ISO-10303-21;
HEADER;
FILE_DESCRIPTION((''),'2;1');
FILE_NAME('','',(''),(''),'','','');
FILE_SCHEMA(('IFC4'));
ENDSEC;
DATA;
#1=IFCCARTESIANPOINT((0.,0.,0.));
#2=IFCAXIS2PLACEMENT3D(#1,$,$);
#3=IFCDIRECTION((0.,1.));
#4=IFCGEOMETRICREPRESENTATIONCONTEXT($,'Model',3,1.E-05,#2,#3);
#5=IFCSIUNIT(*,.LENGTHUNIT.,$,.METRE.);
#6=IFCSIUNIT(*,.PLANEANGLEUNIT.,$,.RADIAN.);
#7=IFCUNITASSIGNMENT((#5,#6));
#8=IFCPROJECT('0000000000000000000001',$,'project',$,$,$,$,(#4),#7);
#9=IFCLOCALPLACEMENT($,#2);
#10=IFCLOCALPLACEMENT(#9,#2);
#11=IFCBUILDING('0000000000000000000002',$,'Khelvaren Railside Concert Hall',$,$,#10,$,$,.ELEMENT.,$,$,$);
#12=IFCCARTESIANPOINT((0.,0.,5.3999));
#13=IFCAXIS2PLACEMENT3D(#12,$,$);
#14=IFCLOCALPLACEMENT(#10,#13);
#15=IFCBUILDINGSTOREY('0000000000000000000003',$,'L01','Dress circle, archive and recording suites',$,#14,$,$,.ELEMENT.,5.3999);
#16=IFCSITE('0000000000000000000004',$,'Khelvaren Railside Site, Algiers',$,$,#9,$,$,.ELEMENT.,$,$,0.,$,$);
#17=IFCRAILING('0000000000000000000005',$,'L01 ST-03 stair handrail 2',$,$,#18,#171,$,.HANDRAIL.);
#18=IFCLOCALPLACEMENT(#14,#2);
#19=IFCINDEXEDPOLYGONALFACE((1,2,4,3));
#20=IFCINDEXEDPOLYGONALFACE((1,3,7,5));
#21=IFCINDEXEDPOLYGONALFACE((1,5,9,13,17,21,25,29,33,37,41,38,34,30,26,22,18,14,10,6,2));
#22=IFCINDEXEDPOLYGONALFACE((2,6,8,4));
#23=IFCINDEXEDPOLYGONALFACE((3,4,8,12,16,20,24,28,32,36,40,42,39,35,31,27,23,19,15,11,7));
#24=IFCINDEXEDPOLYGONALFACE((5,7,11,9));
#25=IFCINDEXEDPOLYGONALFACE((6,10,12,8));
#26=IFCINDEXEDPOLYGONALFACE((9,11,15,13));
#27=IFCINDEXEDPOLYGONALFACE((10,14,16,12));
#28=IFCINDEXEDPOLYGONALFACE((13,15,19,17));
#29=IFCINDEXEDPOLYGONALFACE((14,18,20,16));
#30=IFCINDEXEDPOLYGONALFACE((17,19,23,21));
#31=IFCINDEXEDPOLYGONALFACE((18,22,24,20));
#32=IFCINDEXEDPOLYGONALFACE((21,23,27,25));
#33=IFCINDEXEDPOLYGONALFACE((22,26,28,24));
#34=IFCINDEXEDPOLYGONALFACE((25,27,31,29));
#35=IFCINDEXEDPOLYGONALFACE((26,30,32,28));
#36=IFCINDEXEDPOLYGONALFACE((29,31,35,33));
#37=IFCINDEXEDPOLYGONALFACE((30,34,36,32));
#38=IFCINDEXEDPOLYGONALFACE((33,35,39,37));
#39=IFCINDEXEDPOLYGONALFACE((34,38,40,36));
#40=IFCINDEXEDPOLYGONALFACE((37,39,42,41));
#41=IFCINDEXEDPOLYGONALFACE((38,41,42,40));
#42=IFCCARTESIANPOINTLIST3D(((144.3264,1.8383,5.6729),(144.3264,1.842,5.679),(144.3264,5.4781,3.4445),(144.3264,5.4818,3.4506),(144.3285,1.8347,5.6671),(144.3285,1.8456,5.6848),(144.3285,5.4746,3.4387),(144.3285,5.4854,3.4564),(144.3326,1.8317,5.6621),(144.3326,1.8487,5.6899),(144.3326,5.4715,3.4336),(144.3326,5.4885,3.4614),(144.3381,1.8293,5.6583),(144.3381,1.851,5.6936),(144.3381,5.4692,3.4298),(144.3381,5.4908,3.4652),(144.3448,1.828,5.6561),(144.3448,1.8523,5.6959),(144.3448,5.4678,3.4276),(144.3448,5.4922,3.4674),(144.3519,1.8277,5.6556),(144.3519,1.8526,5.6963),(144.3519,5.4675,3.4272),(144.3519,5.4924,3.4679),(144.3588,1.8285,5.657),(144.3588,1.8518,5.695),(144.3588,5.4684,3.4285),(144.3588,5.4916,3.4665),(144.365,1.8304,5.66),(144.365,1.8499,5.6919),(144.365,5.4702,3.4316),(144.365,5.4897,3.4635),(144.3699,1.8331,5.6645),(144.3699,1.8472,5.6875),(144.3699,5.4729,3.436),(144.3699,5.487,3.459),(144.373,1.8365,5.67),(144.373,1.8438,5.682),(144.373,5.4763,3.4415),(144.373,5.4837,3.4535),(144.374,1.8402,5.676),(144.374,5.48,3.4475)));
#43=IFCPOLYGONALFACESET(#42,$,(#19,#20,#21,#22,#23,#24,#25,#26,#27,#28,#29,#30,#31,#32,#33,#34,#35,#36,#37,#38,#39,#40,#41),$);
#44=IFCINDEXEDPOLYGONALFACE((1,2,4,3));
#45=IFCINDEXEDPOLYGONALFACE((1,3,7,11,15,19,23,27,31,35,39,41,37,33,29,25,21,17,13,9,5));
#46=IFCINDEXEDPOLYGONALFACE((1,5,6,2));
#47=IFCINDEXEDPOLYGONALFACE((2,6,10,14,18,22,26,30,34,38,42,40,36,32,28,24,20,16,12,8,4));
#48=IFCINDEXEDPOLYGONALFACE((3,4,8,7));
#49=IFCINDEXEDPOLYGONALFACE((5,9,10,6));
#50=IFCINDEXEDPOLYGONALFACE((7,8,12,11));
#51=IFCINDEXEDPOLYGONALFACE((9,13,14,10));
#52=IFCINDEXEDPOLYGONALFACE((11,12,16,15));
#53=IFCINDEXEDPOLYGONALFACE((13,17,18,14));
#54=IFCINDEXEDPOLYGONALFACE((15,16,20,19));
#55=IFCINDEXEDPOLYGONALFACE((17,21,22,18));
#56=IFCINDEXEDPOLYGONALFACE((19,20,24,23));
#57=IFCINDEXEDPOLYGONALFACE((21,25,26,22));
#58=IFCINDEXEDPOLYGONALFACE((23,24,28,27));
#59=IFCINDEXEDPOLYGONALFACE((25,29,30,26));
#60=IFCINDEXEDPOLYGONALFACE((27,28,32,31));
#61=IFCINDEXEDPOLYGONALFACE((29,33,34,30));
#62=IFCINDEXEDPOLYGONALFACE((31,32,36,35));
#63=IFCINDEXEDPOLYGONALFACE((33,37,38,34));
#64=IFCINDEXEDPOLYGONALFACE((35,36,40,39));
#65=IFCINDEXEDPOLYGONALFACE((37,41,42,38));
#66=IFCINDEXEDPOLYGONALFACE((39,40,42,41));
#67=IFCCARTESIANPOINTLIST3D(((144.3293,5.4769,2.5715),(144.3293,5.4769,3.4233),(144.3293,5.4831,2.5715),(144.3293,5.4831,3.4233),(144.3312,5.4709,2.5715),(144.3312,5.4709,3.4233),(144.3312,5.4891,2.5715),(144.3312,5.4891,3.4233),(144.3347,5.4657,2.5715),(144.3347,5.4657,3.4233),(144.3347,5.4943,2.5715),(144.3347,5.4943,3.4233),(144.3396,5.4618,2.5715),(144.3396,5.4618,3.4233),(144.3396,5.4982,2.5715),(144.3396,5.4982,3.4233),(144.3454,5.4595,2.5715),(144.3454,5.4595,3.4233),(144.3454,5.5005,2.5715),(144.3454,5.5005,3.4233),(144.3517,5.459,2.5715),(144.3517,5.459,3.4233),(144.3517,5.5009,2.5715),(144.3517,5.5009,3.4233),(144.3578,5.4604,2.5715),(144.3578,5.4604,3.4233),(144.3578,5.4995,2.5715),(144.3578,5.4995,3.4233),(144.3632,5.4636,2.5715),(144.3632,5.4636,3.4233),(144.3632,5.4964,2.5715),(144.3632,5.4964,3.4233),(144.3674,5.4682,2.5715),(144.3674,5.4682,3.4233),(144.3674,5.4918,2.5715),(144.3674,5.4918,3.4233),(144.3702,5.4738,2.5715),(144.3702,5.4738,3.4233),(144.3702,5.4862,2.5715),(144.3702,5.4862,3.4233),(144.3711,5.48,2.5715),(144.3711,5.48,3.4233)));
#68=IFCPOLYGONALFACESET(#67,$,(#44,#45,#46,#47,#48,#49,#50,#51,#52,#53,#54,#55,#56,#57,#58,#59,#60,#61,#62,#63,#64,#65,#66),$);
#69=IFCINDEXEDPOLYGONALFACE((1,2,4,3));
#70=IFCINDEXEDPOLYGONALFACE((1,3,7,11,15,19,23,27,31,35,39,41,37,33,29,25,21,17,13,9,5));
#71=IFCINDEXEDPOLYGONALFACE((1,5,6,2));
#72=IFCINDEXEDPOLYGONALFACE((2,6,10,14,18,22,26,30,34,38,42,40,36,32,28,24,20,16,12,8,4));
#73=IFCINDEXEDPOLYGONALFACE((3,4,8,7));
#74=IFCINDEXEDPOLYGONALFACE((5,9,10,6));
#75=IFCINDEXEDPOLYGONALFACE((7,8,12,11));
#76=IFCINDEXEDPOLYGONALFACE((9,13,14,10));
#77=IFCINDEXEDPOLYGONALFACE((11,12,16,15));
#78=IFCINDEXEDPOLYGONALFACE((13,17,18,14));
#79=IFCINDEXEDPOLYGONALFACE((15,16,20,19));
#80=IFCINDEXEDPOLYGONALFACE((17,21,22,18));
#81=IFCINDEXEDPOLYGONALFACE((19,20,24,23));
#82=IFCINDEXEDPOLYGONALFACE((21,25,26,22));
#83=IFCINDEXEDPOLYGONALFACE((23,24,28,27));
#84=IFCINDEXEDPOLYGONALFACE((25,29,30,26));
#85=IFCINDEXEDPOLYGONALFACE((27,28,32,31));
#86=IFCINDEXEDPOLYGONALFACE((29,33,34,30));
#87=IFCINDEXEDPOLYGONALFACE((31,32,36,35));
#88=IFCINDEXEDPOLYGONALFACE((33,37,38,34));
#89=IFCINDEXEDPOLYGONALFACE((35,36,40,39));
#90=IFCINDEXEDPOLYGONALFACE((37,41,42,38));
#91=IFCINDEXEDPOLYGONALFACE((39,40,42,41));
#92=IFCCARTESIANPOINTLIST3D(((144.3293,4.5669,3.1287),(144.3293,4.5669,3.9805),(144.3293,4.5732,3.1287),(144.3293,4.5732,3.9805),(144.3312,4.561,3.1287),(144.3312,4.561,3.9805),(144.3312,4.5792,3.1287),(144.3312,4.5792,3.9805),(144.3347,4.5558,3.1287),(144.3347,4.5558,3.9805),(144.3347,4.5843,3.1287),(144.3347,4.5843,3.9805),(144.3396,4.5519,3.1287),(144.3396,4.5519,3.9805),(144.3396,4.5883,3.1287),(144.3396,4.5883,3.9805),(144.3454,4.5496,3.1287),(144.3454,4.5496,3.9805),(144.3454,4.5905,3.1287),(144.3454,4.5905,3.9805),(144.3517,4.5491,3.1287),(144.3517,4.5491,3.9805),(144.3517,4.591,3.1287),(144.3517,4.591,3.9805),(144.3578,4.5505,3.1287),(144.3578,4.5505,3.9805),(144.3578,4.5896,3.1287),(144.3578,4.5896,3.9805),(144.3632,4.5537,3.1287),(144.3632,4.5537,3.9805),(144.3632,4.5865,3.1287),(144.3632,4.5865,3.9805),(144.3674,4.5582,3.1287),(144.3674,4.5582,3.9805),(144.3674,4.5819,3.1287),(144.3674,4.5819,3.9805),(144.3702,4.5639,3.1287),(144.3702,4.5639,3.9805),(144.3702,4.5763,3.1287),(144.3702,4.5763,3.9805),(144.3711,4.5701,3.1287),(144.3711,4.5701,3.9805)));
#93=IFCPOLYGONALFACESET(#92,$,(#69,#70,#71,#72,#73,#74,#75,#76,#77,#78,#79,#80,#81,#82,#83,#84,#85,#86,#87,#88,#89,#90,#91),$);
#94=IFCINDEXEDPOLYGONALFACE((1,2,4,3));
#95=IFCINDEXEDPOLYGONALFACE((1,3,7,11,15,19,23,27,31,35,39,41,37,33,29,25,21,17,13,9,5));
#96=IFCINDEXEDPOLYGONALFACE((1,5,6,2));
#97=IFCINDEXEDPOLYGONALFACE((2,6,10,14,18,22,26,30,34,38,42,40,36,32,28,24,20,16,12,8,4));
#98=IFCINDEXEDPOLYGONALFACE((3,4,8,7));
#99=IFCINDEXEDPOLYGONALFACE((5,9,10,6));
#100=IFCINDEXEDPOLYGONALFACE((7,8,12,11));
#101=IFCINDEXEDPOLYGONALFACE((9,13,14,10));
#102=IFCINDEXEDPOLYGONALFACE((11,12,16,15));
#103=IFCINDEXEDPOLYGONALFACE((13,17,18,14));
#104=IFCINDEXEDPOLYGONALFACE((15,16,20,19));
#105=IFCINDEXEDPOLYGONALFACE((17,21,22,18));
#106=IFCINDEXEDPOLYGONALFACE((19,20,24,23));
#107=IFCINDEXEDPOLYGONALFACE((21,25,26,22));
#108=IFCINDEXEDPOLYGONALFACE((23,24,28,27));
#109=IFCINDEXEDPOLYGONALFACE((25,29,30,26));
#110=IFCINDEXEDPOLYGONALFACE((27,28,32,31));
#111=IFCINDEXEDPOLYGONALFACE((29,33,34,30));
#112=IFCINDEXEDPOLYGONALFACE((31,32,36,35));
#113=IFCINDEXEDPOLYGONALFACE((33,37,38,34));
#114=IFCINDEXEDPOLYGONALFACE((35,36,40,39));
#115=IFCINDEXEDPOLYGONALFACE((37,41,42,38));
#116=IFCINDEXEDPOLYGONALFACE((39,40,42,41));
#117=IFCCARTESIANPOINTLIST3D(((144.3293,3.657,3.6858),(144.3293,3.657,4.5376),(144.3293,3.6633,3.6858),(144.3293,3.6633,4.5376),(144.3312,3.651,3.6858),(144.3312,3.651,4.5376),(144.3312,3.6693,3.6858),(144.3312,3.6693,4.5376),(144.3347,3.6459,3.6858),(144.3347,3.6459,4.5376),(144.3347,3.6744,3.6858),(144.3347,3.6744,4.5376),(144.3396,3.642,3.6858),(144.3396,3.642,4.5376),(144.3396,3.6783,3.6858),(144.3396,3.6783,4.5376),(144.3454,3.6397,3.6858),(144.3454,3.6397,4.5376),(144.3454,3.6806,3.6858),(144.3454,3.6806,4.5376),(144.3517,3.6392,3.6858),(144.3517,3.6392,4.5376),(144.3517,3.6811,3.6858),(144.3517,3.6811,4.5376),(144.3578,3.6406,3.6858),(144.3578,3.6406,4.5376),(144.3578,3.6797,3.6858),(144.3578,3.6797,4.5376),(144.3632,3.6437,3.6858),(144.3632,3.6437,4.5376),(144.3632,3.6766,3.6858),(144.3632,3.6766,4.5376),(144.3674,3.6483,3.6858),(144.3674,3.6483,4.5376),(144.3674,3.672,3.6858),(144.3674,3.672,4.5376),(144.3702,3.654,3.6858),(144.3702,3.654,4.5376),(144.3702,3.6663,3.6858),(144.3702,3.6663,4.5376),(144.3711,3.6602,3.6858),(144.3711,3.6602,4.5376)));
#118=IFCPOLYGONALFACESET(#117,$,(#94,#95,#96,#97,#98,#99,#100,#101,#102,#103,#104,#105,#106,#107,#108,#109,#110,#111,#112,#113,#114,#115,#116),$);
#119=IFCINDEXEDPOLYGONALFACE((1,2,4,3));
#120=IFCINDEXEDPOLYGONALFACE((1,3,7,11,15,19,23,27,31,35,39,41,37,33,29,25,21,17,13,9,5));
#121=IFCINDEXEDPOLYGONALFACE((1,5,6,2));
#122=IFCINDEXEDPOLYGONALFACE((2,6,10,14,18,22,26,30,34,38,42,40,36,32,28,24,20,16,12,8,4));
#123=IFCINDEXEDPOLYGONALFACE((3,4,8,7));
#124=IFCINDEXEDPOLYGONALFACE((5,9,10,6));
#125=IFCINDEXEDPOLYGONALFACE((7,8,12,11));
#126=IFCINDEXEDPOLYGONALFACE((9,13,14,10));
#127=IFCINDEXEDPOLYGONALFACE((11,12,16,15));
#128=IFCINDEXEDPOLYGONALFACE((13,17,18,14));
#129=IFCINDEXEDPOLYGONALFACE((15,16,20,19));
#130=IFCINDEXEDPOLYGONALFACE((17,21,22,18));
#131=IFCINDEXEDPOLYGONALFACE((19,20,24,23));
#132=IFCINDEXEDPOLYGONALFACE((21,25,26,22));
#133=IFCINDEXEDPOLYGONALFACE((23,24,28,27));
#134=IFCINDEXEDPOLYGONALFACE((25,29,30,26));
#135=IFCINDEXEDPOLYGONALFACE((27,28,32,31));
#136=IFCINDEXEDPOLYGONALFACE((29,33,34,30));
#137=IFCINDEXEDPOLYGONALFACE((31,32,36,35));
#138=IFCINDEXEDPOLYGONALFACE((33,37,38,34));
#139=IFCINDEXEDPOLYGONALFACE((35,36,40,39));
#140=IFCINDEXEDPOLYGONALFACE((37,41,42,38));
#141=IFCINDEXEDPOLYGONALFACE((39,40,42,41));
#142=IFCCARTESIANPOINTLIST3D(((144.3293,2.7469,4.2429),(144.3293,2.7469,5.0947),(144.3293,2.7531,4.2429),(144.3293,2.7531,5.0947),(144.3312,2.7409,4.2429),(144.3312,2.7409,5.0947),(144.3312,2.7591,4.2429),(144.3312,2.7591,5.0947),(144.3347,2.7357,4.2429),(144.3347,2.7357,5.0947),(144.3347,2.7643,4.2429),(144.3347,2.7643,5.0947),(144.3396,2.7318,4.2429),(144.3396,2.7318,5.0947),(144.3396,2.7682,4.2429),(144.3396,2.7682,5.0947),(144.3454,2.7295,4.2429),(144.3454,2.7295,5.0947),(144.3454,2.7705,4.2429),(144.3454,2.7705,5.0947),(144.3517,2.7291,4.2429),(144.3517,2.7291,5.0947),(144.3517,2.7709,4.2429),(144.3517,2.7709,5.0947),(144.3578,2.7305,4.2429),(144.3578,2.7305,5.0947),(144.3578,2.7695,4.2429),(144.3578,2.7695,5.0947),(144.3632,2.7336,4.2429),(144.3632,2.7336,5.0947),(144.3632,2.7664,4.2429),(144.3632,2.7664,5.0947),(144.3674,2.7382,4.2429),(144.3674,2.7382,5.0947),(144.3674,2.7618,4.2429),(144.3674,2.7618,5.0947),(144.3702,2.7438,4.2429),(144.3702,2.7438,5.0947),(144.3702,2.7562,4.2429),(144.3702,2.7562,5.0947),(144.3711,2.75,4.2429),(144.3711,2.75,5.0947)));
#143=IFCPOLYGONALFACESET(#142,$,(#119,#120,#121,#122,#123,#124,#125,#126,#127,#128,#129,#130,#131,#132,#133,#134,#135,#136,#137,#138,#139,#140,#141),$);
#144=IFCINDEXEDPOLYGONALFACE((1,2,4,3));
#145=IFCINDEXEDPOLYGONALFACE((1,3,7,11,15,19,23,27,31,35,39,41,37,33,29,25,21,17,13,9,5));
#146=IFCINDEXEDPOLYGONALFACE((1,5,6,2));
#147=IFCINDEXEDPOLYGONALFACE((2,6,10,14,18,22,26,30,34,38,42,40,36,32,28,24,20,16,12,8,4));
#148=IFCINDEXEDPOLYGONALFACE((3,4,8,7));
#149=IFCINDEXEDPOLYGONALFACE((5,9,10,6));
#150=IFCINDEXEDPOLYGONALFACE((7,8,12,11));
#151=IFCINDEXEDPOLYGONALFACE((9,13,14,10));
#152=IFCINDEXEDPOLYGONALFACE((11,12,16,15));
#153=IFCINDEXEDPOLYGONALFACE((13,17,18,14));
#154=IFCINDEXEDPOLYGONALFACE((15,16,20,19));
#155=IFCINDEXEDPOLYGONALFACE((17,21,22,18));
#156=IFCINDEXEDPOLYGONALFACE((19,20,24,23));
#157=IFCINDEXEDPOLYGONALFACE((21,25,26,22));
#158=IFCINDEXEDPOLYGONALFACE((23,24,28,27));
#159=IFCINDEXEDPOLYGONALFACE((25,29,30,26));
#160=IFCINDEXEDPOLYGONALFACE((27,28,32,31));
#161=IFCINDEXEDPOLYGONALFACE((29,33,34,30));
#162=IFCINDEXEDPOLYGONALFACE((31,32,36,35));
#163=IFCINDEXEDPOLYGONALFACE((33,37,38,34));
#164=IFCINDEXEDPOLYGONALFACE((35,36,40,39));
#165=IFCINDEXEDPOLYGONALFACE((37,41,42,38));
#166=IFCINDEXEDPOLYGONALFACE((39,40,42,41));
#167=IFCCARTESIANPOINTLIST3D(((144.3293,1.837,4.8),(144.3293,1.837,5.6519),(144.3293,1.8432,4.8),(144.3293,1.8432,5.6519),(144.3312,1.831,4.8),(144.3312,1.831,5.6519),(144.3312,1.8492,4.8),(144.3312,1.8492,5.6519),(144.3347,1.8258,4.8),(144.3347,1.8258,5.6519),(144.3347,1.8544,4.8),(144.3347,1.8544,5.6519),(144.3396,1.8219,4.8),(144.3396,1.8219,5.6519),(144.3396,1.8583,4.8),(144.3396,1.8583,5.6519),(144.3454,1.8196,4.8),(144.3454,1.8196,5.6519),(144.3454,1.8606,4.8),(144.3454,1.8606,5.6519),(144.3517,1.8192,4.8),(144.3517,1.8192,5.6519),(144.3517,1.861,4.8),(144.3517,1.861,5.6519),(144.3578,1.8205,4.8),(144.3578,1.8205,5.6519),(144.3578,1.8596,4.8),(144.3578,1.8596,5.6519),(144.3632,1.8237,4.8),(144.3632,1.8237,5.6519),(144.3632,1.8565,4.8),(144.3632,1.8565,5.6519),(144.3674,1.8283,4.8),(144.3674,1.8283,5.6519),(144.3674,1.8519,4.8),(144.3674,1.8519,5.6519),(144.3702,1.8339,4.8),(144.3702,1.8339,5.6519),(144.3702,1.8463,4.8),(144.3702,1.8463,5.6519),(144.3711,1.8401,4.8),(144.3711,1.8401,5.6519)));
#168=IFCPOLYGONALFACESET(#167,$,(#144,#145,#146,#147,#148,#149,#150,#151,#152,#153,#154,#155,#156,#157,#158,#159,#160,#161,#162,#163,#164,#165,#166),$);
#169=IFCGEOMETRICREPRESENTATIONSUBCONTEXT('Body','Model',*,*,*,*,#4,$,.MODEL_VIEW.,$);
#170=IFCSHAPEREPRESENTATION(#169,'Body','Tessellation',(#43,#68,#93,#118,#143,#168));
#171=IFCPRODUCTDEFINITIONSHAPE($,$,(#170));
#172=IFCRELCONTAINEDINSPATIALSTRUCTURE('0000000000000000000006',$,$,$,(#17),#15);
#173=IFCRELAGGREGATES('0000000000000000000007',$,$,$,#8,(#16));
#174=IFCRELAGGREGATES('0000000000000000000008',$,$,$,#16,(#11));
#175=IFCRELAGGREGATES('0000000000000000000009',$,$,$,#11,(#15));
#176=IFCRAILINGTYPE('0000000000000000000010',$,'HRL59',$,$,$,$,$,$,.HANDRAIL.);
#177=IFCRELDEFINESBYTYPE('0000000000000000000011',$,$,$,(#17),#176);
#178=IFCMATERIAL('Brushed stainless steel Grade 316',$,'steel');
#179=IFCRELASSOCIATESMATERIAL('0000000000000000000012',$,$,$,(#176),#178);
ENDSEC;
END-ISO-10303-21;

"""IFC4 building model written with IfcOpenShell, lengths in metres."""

from ifc_helpers import new_model, si_unit, direction, frame, origin, origin_2d, place, context, subcontext, project, spatial, circle, extrude, material, type_object, element, save


model = new_model("IFC4")

# Units and contexts
model_context = context("Model", 3, precision=1e-05, world=origin(), true_north=direction((0.0, 1.0)))
body_context = subcontext(model_context, "Body", "Model", "MODEL_VIEW")
ifc_project = project(units=[si_unit("LENGTHUNIT", "METRE"), si_unit("PLANEANGLEUNIT", "RADIAN")], contexts=[model_context])

# Site, building, storey
site_placement = place(None, origin())
site = spatial("IfcSite", under=ifc_project, at=site_placement, Name="Khelvaren Railside Site, Algiers", CompositionType="ELEMENT", RefElevation=0.0)
building_placement = place(site_placement, origin())
building = spatial("IfcBuilding", under=site, at=building_placement, Name="Khelvaren Railside Concert Hall", CompositionType="ELEMENT")
storey_placement = place(building_placement, frame((0.0, 0.0, 5.3999)))
storey = spatial("IfcBuildingStorey", under=building, at=storey_placement, Name="L01", Description="Dress circle, archive and recording suites", CompositionType="ELEMENT", Elevation=5.3999)

# Railing
ifc_material_1 = material(Name="Brushed stainless steel Grade 316", Category="steel")
railing_type_1 = type_object("IfcRailingType", Name="HRL59", PredefinedType="HANDRAIL", material=ifc_material_1)
railing_1_placement = place(storey_placement, frame((144.3501, 5.48, 2.5715)))
element("IfcRailing", 1, at=railing_1_placement, inside=storey, type_object=railing_type_1, Name="L01 ST-03 stair handrail 2", PredefinedType="HANDRAIL", context=body_context, shape_type="SweptSolid", body=[
    extrude(circle(Radius=0.0239, at=origin_2d()), frame((0.0, 0.0, 0.876), z_axis=(0.0, -0.85285, 0.522156), x_axis=(1.0, 0.0, 0.0)), (0.0, 0.0, 1.0), 4.2678),
    extrude(circle(Radius=0.021, at=origin_2d()), origin(), (0.0, 0.0, 1.0), 0.8518),
    extrude(circle(Radius=0.021, at=origin_2d()), frame((0.0, -0.9099, 0.5571)), (0.0, 0.0, 1.0), 0.8518),
    extrude(circle(Radius=0.021, at=origin_2d()), frame((0.0, -1.8198, 1.1143)), (0.0, 0.0, 1.0), 0.8518),
    extrude(circle(Radius=0.021, at=origin_2d()), frame((0.0, -2.73, 1.6714)), (0.0, 0.0, 1.0), 0.8518),
    extrude(circle(Radius=0.021, at=origin_2d()), frame((0.0, -3.6399, 2.2285)), (0.0, 0.0, 1.0), 0.8518),
])

save(model, "model.ifc")
